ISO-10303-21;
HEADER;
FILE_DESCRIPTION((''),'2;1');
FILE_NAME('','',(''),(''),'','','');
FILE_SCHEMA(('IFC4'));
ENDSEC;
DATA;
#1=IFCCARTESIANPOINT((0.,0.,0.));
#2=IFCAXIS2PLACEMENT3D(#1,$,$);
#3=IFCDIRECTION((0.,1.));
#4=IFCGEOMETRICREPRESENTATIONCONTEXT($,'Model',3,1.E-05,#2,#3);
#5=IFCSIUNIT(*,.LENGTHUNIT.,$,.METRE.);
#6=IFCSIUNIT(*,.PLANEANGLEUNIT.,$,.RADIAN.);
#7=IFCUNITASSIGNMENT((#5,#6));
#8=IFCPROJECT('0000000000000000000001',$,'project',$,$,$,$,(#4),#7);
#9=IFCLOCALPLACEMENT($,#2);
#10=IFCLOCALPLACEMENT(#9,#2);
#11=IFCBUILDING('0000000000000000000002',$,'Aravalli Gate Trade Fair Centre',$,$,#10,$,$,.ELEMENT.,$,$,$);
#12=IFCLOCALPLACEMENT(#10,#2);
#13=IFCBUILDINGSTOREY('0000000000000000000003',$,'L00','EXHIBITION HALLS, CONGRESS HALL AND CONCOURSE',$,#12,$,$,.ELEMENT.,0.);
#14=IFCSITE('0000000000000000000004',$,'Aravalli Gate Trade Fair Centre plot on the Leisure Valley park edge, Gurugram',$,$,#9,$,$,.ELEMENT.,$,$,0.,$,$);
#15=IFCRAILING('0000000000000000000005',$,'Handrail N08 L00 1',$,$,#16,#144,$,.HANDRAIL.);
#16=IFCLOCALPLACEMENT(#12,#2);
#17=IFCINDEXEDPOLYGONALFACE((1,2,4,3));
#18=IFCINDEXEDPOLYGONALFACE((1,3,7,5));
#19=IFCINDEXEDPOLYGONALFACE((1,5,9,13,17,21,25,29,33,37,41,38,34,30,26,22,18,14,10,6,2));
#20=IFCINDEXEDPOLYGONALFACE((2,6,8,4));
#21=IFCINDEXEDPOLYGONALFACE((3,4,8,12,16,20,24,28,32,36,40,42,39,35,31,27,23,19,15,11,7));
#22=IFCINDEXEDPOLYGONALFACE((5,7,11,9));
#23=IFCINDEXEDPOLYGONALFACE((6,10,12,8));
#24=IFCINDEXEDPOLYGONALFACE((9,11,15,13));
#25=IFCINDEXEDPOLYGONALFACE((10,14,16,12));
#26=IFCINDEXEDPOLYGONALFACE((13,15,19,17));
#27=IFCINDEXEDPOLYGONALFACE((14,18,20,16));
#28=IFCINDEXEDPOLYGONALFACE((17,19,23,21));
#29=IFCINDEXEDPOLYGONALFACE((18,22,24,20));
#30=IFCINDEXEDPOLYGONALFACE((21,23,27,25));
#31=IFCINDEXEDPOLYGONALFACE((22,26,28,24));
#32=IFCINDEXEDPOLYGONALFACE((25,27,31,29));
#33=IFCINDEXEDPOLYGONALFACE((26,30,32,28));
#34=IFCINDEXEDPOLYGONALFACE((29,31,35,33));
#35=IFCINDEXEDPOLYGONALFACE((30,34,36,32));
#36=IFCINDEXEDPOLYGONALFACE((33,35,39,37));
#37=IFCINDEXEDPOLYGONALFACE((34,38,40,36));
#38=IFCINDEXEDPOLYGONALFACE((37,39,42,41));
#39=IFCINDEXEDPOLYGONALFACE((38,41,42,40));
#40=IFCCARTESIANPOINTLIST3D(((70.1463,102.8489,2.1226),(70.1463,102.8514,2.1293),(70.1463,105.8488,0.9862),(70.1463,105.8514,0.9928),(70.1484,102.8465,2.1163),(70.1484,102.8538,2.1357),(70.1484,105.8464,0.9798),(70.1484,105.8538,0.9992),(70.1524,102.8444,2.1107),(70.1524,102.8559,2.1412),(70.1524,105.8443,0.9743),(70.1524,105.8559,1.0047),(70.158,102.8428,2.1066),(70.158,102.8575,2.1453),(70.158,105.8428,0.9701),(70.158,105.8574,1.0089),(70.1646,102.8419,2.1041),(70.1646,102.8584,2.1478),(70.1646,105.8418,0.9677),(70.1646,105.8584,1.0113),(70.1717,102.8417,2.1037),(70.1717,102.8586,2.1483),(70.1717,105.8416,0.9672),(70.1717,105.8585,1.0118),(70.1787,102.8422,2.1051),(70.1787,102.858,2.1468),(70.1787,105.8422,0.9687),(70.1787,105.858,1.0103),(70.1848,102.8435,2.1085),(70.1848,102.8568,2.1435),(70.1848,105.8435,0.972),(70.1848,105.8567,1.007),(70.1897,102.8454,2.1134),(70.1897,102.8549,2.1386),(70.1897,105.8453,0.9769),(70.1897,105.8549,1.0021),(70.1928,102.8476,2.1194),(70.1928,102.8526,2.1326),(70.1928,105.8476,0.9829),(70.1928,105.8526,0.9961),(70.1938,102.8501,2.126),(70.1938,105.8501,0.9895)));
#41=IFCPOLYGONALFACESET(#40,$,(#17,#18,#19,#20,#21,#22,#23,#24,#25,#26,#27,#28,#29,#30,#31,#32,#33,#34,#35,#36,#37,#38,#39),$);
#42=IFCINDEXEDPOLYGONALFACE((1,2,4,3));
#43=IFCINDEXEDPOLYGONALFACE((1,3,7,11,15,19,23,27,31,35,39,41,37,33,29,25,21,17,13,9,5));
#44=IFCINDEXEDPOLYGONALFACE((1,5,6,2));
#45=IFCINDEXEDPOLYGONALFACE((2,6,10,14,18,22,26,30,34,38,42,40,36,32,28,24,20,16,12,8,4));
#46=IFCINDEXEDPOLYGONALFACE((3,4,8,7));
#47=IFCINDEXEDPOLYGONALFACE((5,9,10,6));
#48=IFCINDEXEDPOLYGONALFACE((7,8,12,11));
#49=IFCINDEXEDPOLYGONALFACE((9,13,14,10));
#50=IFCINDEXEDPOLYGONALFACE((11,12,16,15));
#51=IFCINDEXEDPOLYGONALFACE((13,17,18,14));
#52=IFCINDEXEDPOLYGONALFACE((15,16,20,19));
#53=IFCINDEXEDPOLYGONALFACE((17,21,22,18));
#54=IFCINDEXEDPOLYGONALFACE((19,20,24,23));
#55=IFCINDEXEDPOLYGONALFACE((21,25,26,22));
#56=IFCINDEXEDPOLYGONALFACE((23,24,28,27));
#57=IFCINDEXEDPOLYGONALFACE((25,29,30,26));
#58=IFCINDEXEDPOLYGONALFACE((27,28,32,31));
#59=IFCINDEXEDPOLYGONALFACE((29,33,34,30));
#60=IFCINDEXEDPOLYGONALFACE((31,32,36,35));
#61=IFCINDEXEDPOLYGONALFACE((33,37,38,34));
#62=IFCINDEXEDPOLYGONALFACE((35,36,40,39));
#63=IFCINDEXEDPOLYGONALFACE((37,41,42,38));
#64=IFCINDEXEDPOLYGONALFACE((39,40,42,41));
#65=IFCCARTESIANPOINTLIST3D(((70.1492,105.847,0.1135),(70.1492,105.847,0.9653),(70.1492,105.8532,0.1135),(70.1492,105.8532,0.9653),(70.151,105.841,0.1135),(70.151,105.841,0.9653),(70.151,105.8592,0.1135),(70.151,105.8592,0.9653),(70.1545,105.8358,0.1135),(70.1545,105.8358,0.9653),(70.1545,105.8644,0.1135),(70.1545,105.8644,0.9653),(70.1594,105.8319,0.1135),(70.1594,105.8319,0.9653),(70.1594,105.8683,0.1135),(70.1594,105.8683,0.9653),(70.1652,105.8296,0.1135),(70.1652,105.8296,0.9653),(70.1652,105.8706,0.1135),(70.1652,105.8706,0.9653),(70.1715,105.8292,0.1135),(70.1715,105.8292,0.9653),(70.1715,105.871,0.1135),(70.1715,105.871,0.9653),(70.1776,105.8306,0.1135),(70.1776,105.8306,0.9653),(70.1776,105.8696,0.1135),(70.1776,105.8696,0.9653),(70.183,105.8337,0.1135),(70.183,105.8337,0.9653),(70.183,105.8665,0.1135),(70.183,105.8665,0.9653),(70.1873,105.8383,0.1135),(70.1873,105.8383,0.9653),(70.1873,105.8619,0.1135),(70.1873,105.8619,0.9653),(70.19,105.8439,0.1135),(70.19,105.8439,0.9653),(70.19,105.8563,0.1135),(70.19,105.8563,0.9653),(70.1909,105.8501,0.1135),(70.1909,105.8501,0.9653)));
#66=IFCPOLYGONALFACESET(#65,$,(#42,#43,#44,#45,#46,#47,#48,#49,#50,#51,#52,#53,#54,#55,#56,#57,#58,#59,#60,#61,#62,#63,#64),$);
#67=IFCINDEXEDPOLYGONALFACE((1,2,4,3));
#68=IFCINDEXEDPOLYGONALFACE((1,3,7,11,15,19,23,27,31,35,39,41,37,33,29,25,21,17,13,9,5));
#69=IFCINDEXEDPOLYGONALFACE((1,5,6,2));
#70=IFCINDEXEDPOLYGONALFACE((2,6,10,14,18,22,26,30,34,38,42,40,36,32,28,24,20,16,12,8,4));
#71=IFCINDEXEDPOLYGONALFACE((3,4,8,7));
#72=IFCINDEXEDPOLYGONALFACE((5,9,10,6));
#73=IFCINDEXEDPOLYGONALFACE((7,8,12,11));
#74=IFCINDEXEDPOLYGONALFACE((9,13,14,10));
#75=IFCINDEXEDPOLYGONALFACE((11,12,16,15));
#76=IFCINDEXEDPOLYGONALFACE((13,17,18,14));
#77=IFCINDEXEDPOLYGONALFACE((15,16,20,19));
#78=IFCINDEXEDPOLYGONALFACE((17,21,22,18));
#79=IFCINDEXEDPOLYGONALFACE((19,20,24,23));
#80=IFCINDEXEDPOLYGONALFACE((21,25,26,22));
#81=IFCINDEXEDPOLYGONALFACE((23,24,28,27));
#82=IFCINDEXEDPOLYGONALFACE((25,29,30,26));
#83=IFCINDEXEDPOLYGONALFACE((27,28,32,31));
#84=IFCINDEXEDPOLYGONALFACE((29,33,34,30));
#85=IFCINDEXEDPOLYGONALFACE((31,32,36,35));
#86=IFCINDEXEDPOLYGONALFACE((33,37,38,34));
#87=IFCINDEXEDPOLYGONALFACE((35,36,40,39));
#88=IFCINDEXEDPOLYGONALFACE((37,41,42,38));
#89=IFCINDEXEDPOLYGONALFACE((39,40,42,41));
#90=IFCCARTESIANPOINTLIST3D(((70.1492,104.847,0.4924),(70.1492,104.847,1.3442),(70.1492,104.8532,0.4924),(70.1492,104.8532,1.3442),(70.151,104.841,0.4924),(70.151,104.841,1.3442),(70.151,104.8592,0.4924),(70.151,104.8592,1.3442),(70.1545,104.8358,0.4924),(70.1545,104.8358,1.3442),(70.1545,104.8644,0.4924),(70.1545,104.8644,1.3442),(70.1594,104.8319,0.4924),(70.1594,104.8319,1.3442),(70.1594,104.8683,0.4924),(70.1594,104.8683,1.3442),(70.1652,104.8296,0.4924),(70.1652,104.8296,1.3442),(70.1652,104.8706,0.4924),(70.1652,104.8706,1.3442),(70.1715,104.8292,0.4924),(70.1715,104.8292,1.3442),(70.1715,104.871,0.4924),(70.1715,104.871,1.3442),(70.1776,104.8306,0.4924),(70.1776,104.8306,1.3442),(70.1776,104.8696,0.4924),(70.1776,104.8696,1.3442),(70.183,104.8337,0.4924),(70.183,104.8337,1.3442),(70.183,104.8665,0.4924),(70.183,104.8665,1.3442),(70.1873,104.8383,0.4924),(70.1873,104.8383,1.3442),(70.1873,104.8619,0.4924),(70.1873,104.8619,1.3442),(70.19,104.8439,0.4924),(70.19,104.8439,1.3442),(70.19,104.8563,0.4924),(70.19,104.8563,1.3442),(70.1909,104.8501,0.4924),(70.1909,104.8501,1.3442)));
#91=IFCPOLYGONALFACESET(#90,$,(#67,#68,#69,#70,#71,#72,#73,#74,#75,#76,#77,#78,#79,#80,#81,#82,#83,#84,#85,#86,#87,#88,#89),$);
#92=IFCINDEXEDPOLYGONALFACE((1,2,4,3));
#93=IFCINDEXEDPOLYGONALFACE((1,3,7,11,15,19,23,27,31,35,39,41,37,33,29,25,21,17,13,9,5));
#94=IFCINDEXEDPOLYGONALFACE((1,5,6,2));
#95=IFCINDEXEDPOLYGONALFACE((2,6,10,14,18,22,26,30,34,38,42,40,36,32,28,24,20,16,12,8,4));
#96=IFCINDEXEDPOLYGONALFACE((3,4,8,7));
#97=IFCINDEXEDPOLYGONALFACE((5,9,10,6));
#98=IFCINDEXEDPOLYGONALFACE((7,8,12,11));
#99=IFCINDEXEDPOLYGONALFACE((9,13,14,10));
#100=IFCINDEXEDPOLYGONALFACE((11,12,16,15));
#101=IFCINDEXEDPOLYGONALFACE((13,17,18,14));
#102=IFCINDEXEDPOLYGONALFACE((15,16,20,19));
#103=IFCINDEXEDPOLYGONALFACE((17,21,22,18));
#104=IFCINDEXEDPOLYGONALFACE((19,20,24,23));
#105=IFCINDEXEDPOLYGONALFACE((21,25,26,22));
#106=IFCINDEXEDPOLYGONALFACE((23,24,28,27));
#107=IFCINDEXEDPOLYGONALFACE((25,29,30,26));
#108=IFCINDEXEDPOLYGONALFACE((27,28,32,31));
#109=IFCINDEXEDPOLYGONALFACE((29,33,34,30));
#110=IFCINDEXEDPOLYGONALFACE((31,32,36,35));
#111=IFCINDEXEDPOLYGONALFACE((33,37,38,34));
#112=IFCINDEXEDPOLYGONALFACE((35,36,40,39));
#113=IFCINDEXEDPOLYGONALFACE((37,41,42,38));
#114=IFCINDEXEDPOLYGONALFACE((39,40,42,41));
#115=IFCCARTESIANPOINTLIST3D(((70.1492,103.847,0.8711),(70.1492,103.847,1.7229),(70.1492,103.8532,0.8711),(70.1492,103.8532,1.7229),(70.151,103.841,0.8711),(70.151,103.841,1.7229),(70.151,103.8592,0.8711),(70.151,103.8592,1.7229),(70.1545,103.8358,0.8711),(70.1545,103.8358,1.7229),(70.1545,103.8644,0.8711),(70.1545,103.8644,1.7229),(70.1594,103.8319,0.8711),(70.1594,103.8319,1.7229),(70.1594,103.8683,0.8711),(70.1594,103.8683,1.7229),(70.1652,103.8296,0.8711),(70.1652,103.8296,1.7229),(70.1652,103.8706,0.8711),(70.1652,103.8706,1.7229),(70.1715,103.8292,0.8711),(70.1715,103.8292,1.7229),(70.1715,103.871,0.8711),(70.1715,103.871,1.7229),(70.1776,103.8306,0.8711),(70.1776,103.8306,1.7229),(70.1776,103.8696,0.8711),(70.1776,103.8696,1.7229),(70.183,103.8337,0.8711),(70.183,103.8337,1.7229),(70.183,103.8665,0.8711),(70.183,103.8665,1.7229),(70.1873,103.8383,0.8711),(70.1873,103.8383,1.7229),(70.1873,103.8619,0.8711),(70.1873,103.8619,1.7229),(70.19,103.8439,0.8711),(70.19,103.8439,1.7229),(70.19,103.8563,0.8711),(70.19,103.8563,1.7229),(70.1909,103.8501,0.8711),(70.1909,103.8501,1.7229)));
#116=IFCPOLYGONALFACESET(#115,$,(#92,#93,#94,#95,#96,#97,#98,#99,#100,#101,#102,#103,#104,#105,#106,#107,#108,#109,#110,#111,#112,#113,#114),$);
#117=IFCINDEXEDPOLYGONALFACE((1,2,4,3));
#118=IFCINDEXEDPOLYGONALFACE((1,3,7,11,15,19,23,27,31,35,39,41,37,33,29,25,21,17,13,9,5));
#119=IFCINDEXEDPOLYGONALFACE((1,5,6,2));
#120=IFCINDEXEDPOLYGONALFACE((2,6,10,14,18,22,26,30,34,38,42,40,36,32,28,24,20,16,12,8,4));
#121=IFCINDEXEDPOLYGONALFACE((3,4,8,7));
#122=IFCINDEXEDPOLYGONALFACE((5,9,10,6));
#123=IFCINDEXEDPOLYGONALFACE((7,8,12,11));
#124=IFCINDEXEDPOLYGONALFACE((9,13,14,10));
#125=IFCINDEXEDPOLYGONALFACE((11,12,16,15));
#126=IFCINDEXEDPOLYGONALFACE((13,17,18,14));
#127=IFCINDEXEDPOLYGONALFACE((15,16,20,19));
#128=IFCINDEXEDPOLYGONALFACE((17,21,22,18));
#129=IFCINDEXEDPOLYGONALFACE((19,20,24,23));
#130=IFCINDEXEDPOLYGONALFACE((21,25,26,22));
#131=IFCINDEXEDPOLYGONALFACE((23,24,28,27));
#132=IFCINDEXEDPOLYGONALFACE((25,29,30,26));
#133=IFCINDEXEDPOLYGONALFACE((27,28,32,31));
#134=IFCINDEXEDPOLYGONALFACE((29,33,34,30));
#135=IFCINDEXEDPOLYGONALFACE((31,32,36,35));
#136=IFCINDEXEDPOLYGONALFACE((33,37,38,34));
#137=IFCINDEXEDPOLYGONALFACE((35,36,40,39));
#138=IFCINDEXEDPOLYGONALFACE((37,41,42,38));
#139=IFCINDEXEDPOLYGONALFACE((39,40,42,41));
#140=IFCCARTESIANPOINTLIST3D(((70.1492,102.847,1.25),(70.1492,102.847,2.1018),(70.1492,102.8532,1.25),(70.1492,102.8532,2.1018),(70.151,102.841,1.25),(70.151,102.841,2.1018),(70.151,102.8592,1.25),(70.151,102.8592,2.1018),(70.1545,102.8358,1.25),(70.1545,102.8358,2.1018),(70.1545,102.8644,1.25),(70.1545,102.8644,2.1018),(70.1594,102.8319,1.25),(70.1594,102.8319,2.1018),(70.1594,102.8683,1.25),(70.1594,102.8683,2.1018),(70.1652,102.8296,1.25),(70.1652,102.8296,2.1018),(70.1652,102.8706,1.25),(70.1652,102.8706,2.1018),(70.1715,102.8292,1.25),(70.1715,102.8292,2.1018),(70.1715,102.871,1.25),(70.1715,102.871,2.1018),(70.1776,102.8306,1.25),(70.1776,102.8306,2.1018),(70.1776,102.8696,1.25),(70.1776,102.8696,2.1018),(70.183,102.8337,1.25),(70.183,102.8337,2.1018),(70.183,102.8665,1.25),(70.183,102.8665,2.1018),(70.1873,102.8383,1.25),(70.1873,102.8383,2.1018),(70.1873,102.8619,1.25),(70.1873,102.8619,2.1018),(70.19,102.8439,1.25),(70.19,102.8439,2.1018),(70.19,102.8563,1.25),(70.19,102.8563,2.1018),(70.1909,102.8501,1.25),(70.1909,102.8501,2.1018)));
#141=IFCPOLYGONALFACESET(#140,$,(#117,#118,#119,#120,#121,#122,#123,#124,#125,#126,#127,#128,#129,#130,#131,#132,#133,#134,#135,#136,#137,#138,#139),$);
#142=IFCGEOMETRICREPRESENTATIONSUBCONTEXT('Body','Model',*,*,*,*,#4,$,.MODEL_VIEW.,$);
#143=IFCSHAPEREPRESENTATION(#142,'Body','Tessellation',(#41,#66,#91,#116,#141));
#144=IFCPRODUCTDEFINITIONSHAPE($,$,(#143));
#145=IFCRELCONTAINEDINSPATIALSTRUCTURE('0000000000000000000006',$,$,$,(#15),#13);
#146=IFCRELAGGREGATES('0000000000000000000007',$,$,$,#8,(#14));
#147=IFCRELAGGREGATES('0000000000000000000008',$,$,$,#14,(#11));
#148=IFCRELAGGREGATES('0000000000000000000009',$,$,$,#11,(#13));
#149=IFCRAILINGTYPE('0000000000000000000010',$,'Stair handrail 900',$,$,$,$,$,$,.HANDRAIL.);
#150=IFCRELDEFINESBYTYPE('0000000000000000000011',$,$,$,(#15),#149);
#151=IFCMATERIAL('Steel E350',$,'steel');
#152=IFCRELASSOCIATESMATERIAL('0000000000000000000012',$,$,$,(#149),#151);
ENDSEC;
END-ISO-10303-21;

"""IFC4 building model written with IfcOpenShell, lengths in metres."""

from ifc_helpers import new_model, si_unit, direction, frame, origin, origin_2d, place, context, subcontext, project, spatial, circle, extrude, material, type_object, element, save


model = new_model("IFC4")

# Units and contexts
model_context = context("Model", 3, precision=1e-05, world=origin(), true_north=direction((0.0, 1.0)))
body_context = subcontext(model_context, "Body", "Model", "MODEL_VIEW")
ifc_project = project(units=[si_unit("LENGTHUNIT", "METRE"), si_unit("PLANEANGLEUNIT", "RADIAN")], contexts=[model_context])

# Site, building, storey
site_placement = place(None, origin())
site = spatial("IfcSite", under=ifc_project, at=site_placement, Name="Aravalli Gate Trade Fair Centre plot on the Leisure Valley park edge, Gurugram", CompositionType="ELEMENT", RefElevation=0.0)
building_placement = place(site_placement, origin())
building = spatial("IfcBuilding", under=site, at=building_placement, Name="Aravalli Gate Trade Fair Centre", CompositionType="ELEMENT")
storey_placement = place(building_placement, origin())
storey = spatial("IfcBuildingStorey", under=building, at=storey_placement, Name="L00", Description="EXHIBITION HALLS, CONGRESS HALL AND CONCOURSE", CompositionType="ELEMENT", Elevation=0.0)

# Shared definitions
ifc_material_1 = material(Name="Steel E350", Category="steel")

# Railing
railing_type = type_object("IfcRailingType", Name="Stair handrail 900", PredefinedType="HANDRAIL", material=ifc_material_1)
for number, where, name in (
    (1, (70.1699, 105.8501, 0.1135), "Handrail N08 L00 1"),
):
    element("IfcRailing", number, at=place(storey_placement, frame(where)), inside=storey, type_object=railing_type, Name=name, PredefinedType="HANDRAIL", context=body_context, shape_type="SweptSolid", body=[
        extrude(circle(Radius=0.0239, at=origin_2d()), frame((0.0, 0.0, 0.876), z_axis=(0.0, -0.935148, 0.354257), x_axis=(1.0, 0.0, 0.0)), (0.0, 0.0, 1.0), 3.208),
        extrude(circle(Radius=0.021, at=origin_2d()), origin(), (0.0, 0.0, 1.0), 0.8518),
        extrude(circle(Radius=0.021, at=origin_2d()), frame((0.0, -1.0, 0.3789)), (0.0, 0.0, 1.0), 0.8518),
        extrude(circle(Radius=0.021, at=origin_2d()), frame((0.0, -2.0, 0.7576)), (0.0, 0.0, 1.0), 0.8518),
        extrude(circle(Radius=0.021, at=origin_2d()), frame((0.0, -3.0, 1.1365)), (0.0, 0.0, 1.0), 0.8518),
    ])

save(model, "model.ifc")
